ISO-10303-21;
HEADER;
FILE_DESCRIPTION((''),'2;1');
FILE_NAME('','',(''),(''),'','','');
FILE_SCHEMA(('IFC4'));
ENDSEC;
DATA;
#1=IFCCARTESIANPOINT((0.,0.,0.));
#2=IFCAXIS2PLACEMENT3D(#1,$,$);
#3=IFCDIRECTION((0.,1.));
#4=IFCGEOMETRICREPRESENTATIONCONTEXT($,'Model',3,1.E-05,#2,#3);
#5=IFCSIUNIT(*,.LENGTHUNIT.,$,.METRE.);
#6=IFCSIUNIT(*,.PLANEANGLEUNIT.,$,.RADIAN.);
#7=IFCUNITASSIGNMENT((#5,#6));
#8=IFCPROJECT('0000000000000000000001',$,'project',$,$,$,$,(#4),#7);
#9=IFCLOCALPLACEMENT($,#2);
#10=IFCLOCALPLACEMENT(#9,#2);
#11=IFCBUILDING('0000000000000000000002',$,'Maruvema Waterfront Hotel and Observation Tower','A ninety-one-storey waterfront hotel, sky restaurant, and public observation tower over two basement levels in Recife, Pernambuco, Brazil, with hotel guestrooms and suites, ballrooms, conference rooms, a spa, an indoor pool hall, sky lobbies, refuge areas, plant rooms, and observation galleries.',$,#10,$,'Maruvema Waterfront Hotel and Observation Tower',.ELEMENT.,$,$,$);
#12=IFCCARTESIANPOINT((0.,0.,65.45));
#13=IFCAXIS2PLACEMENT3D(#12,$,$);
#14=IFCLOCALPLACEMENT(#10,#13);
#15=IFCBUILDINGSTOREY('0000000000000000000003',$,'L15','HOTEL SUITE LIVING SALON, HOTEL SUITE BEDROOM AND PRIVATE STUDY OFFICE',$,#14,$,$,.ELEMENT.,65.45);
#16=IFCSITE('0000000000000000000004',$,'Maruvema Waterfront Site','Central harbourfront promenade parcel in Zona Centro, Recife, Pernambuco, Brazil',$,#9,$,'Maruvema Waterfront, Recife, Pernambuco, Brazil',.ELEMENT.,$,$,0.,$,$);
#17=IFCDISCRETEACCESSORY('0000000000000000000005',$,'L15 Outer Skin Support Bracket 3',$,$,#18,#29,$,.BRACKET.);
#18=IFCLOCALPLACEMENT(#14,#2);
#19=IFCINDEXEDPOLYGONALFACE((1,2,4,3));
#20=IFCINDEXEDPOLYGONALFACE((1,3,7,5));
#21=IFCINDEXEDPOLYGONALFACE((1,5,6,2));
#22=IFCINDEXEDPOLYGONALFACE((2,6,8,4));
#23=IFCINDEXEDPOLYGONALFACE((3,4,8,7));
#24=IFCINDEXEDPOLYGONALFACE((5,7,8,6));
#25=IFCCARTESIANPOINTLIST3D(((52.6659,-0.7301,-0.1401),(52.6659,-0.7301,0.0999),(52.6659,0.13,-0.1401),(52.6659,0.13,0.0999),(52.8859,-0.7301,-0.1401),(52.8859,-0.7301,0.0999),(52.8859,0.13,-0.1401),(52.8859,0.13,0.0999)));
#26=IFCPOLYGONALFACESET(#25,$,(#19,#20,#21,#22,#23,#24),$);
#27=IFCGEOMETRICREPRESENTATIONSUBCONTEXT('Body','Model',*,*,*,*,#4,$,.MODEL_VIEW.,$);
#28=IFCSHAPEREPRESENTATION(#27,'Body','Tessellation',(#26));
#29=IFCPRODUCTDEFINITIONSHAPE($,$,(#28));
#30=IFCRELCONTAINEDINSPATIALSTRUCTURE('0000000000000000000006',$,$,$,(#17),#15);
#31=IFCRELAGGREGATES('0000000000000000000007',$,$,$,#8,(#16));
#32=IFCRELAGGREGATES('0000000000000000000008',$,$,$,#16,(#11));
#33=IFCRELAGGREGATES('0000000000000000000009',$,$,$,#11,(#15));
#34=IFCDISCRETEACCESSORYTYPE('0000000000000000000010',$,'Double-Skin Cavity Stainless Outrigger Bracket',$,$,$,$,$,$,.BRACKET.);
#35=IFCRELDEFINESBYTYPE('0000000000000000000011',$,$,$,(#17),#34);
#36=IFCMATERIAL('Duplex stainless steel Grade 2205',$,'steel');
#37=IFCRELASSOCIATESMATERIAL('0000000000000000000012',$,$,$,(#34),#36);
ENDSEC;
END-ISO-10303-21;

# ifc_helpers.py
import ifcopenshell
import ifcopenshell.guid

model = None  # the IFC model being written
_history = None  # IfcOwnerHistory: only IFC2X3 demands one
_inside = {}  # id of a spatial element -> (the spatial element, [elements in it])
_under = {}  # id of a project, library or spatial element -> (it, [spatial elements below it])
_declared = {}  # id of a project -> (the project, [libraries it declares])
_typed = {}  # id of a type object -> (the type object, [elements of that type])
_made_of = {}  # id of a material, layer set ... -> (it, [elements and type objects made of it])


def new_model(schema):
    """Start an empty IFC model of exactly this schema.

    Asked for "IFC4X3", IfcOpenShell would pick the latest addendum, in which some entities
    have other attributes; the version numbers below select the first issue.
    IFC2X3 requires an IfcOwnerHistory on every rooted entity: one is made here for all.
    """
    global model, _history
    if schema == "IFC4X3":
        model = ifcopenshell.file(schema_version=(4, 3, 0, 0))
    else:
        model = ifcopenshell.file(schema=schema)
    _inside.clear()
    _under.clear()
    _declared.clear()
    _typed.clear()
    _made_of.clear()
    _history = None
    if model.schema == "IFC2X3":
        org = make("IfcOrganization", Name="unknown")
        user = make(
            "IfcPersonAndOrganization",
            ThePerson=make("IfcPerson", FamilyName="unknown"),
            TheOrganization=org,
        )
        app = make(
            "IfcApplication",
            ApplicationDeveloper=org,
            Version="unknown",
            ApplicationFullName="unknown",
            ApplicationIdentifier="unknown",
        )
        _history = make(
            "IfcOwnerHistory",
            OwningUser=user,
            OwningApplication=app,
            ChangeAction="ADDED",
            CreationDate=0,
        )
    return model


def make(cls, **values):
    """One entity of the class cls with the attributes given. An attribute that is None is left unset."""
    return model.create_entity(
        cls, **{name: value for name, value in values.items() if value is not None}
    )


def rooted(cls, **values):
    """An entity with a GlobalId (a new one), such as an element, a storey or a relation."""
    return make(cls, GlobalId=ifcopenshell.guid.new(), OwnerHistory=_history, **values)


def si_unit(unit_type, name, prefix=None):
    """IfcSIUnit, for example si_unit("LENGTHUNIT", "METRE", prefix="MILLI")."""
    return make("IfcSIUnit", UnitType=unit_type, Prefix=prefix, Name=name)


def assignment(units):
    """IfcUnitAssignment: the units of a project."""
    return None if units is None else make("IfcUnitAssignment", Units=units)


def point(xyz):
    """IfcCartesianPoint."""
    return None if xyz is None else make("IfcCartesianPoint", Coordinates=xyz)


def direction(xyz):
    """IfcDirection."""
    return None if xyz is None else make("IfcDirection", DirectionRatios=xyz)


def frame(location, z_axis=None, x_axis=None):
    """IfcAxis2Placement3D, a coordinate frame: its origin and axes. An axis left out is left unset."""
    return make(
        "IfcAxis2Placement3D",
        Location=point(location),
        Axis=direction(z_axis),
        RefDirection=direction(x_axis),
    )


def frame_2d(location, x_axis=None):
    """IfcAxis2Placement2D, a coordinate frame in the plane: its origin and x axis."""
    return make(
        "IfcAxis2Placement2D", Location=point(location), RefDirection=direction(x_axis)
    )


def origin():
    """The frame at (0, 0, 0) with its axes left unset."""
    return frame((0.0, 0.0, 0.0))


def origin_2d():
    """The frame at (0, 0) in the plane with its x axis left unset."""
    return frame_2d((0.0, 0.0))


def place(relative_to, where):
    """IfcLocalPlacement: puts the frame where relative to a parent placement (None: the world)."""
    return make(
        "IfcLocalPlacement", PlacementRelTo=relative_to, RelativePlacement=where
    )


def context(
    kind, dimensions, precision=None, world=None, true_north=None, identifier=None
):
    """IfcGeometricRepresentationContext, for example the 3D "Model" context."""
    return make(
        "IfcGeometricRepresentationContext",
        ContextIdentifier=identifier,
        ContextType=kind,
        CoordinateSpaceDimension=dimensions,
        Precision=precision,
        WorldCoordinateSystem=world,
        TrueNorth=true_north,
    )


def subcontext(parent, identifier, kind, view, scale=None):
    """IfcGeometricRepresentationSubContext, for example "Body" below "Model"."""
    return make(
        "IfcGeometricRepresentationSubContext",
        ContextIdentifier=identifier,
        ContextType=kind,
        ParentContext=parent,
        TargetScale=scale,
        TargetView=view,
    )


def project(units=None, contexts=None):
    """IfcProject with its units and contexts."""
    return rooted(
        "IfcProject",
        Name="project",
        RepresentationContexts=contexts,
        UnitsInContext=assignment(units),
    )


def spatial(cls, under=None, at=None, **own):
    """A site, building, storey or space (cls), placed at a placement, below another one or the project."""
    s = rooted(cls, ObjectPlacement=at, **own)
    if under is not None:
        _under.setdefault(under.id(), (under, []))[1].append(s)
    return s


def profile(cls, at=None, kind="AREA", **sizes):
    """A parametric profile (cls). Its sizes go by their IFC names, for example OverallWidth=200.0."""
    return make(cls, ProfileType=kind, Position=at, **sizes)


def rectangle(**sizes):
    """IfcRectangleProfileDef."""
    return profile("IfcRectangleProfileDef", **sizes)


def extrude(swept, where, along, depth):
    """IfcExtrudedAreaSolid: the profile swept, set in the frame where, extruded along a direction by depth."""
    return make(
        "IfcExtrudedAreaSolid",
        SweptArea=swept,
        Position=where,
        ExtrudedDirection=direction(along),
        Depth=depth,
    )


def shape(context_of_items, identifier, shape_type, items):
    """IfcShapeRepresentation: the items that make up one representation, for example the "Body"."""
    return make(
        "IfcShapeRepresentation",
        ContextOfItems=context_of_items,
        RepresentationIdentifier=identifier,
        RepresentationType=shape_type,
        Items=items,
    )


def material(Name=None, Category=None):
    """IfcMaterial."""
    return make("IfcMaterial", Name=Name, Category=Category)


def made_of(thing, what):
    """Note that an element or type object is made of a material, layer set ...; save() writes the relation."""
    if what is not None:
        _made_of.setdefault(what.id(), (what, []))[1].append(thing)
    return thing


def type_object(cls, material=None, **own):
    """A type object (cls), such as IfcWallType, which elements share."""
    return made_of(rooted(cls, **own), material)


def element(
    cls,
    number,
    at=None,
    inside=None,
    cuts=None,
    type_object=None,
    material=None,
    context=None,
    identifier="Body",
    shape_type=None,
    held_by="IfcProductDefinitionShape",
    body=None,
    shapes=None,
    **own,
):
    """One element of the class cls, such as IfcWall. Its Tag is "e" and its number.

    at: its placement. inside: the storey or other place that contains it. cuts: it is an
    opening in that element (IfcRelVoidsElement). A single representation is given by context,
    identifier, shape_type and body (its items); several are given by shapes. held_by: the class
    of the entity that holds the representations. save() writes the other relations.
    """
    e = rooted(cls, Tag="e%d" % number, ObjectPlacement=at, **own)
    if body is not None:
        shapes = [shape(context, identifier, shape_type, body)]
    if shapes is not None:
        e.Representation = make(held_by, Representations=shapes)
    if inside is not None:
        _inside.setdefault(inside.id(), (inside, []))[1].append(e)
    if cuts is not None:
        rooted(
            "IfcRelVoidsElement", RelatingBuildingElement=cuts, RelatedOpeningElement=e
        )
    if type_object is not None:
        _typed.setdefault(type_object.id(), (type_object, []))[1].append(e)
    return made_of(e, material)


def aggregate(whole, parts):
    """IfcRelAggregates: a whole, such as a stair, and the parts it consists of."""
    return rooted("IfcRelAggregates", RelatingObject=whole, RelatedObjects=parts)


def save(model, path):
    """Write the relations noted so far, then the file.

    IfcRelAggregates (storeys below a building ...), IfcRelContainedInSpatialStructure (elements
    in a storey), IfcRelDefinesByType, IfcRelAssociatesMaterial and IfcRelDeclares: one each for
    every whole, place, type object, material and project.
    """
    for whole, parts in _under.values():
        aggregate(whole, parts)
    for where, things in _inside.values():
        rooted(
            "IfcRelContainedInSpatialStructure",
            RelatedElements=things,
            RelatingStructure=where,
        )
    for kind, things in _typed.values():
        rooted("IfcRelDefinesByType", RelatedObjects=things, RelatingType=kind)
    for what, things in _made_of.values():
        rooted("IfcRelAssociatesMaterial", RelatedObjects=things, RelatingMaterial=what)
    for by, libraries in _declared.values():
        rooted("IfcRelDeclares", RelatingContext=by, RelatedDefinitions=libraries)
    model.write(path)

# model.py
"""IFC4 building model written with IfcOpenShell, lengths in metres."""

from ifc_helpers import new_model, si_unit, direction, frame, origin, origin_2d, place, context, subcontext, project, spatial, rectangle, extrude, material, type_object, element, save


model = new_model("IFC4")

# Units and contexts
model_context = context("Model", 3, precision=1e-05, world=origin(), true_north=direction((0.0, 1.0)))
body_context = subcontext(model_context, "Body", "Model", "MODEL_VIEW")
ifc_project = project(units=[si_unit("LENGTHUNIT", "METRE"), si_unit("PLANEANGLEUNIT", "RADIAN")], contexts=[model_context])

# Site, building, storey
site_placement = place(None, origin())
site = spatial("IfcSite", under=ifc_project, at=site_placement, Name="Maruvema Waterfront Site", Description="Central harbourfront promenade parcel in Zona Centro, Recife, Pernambuco, Brazil", LongName="Maruvema Waterfront, Recife, Pernambuco, Brazil", CompositionType="ELEMENT", RefElevation=0.0)
building_placement = place(site_placement, origin())
building = spatial("IfcBuilding", under=site, at=building_placement, Name="Maruvema Waterfront Hotel and Observation Tower", Description="A ninety-one-storey waterfront hotel, sky restaurant, and public observation tower over two basement levels in Recife, Pernambuco, Brazil, with hotel guestrooms and suites, ballrooms, conference rooms, a spa, an indoor pool hall, sky lobbies, refuge areas, plant rooms, and observation galleries.", LongName="Maruvema Waterfront Hotel and Observation Tower", CompositionType="ELEMENT")
storey_placement = place(building_placement, frame((0.0, 0.0, 65.45)))
storey = spatial("IfcBuildingStorey", under=building, at=storey_placement, Name="L15", Description="HOTEL SUITE LIVING SALON, HOTEL SUITE BEDROOM AND PRIVATE STUDY OFFICE", CompositionType="ELEMENT", Elevation=65.45)

# Discrete accessory
ifc_material_1 = material(Name="Duplex stainless steel Grade 2205", Category="steel")
discrete_accessory_type = type_object("IfcDiscreteAccessoryType", Name="Double-Skin Cavity Stainless Outrigger Bracket", PredefinedType="BRACKET", material=ifc_material_1)
discrete_accessory_placement = place(storey_placement, frame((52.7759, -0.3, -0.1401), z_axis=(0.0, 0.0, 1.0), x_axis=(1.0, 0.0, 0.0)))
element("IfcDiscreteAccessory", 1, at=discrete_accessory_placement, inside=storey, type_object=discrete_accessory_type, Name="L15 Outer Skin Support Bracket 3", PredefinedType="BRACKET", context=body_context, shape_type="SweptSolid", body=[
    extrude(rectangle(XDim=0.22, YDim=0.8601, at=origin_2d()), origin(), (0.0, 0.0, 1.0), 0.24),
])

save(model, "model.ifc")
